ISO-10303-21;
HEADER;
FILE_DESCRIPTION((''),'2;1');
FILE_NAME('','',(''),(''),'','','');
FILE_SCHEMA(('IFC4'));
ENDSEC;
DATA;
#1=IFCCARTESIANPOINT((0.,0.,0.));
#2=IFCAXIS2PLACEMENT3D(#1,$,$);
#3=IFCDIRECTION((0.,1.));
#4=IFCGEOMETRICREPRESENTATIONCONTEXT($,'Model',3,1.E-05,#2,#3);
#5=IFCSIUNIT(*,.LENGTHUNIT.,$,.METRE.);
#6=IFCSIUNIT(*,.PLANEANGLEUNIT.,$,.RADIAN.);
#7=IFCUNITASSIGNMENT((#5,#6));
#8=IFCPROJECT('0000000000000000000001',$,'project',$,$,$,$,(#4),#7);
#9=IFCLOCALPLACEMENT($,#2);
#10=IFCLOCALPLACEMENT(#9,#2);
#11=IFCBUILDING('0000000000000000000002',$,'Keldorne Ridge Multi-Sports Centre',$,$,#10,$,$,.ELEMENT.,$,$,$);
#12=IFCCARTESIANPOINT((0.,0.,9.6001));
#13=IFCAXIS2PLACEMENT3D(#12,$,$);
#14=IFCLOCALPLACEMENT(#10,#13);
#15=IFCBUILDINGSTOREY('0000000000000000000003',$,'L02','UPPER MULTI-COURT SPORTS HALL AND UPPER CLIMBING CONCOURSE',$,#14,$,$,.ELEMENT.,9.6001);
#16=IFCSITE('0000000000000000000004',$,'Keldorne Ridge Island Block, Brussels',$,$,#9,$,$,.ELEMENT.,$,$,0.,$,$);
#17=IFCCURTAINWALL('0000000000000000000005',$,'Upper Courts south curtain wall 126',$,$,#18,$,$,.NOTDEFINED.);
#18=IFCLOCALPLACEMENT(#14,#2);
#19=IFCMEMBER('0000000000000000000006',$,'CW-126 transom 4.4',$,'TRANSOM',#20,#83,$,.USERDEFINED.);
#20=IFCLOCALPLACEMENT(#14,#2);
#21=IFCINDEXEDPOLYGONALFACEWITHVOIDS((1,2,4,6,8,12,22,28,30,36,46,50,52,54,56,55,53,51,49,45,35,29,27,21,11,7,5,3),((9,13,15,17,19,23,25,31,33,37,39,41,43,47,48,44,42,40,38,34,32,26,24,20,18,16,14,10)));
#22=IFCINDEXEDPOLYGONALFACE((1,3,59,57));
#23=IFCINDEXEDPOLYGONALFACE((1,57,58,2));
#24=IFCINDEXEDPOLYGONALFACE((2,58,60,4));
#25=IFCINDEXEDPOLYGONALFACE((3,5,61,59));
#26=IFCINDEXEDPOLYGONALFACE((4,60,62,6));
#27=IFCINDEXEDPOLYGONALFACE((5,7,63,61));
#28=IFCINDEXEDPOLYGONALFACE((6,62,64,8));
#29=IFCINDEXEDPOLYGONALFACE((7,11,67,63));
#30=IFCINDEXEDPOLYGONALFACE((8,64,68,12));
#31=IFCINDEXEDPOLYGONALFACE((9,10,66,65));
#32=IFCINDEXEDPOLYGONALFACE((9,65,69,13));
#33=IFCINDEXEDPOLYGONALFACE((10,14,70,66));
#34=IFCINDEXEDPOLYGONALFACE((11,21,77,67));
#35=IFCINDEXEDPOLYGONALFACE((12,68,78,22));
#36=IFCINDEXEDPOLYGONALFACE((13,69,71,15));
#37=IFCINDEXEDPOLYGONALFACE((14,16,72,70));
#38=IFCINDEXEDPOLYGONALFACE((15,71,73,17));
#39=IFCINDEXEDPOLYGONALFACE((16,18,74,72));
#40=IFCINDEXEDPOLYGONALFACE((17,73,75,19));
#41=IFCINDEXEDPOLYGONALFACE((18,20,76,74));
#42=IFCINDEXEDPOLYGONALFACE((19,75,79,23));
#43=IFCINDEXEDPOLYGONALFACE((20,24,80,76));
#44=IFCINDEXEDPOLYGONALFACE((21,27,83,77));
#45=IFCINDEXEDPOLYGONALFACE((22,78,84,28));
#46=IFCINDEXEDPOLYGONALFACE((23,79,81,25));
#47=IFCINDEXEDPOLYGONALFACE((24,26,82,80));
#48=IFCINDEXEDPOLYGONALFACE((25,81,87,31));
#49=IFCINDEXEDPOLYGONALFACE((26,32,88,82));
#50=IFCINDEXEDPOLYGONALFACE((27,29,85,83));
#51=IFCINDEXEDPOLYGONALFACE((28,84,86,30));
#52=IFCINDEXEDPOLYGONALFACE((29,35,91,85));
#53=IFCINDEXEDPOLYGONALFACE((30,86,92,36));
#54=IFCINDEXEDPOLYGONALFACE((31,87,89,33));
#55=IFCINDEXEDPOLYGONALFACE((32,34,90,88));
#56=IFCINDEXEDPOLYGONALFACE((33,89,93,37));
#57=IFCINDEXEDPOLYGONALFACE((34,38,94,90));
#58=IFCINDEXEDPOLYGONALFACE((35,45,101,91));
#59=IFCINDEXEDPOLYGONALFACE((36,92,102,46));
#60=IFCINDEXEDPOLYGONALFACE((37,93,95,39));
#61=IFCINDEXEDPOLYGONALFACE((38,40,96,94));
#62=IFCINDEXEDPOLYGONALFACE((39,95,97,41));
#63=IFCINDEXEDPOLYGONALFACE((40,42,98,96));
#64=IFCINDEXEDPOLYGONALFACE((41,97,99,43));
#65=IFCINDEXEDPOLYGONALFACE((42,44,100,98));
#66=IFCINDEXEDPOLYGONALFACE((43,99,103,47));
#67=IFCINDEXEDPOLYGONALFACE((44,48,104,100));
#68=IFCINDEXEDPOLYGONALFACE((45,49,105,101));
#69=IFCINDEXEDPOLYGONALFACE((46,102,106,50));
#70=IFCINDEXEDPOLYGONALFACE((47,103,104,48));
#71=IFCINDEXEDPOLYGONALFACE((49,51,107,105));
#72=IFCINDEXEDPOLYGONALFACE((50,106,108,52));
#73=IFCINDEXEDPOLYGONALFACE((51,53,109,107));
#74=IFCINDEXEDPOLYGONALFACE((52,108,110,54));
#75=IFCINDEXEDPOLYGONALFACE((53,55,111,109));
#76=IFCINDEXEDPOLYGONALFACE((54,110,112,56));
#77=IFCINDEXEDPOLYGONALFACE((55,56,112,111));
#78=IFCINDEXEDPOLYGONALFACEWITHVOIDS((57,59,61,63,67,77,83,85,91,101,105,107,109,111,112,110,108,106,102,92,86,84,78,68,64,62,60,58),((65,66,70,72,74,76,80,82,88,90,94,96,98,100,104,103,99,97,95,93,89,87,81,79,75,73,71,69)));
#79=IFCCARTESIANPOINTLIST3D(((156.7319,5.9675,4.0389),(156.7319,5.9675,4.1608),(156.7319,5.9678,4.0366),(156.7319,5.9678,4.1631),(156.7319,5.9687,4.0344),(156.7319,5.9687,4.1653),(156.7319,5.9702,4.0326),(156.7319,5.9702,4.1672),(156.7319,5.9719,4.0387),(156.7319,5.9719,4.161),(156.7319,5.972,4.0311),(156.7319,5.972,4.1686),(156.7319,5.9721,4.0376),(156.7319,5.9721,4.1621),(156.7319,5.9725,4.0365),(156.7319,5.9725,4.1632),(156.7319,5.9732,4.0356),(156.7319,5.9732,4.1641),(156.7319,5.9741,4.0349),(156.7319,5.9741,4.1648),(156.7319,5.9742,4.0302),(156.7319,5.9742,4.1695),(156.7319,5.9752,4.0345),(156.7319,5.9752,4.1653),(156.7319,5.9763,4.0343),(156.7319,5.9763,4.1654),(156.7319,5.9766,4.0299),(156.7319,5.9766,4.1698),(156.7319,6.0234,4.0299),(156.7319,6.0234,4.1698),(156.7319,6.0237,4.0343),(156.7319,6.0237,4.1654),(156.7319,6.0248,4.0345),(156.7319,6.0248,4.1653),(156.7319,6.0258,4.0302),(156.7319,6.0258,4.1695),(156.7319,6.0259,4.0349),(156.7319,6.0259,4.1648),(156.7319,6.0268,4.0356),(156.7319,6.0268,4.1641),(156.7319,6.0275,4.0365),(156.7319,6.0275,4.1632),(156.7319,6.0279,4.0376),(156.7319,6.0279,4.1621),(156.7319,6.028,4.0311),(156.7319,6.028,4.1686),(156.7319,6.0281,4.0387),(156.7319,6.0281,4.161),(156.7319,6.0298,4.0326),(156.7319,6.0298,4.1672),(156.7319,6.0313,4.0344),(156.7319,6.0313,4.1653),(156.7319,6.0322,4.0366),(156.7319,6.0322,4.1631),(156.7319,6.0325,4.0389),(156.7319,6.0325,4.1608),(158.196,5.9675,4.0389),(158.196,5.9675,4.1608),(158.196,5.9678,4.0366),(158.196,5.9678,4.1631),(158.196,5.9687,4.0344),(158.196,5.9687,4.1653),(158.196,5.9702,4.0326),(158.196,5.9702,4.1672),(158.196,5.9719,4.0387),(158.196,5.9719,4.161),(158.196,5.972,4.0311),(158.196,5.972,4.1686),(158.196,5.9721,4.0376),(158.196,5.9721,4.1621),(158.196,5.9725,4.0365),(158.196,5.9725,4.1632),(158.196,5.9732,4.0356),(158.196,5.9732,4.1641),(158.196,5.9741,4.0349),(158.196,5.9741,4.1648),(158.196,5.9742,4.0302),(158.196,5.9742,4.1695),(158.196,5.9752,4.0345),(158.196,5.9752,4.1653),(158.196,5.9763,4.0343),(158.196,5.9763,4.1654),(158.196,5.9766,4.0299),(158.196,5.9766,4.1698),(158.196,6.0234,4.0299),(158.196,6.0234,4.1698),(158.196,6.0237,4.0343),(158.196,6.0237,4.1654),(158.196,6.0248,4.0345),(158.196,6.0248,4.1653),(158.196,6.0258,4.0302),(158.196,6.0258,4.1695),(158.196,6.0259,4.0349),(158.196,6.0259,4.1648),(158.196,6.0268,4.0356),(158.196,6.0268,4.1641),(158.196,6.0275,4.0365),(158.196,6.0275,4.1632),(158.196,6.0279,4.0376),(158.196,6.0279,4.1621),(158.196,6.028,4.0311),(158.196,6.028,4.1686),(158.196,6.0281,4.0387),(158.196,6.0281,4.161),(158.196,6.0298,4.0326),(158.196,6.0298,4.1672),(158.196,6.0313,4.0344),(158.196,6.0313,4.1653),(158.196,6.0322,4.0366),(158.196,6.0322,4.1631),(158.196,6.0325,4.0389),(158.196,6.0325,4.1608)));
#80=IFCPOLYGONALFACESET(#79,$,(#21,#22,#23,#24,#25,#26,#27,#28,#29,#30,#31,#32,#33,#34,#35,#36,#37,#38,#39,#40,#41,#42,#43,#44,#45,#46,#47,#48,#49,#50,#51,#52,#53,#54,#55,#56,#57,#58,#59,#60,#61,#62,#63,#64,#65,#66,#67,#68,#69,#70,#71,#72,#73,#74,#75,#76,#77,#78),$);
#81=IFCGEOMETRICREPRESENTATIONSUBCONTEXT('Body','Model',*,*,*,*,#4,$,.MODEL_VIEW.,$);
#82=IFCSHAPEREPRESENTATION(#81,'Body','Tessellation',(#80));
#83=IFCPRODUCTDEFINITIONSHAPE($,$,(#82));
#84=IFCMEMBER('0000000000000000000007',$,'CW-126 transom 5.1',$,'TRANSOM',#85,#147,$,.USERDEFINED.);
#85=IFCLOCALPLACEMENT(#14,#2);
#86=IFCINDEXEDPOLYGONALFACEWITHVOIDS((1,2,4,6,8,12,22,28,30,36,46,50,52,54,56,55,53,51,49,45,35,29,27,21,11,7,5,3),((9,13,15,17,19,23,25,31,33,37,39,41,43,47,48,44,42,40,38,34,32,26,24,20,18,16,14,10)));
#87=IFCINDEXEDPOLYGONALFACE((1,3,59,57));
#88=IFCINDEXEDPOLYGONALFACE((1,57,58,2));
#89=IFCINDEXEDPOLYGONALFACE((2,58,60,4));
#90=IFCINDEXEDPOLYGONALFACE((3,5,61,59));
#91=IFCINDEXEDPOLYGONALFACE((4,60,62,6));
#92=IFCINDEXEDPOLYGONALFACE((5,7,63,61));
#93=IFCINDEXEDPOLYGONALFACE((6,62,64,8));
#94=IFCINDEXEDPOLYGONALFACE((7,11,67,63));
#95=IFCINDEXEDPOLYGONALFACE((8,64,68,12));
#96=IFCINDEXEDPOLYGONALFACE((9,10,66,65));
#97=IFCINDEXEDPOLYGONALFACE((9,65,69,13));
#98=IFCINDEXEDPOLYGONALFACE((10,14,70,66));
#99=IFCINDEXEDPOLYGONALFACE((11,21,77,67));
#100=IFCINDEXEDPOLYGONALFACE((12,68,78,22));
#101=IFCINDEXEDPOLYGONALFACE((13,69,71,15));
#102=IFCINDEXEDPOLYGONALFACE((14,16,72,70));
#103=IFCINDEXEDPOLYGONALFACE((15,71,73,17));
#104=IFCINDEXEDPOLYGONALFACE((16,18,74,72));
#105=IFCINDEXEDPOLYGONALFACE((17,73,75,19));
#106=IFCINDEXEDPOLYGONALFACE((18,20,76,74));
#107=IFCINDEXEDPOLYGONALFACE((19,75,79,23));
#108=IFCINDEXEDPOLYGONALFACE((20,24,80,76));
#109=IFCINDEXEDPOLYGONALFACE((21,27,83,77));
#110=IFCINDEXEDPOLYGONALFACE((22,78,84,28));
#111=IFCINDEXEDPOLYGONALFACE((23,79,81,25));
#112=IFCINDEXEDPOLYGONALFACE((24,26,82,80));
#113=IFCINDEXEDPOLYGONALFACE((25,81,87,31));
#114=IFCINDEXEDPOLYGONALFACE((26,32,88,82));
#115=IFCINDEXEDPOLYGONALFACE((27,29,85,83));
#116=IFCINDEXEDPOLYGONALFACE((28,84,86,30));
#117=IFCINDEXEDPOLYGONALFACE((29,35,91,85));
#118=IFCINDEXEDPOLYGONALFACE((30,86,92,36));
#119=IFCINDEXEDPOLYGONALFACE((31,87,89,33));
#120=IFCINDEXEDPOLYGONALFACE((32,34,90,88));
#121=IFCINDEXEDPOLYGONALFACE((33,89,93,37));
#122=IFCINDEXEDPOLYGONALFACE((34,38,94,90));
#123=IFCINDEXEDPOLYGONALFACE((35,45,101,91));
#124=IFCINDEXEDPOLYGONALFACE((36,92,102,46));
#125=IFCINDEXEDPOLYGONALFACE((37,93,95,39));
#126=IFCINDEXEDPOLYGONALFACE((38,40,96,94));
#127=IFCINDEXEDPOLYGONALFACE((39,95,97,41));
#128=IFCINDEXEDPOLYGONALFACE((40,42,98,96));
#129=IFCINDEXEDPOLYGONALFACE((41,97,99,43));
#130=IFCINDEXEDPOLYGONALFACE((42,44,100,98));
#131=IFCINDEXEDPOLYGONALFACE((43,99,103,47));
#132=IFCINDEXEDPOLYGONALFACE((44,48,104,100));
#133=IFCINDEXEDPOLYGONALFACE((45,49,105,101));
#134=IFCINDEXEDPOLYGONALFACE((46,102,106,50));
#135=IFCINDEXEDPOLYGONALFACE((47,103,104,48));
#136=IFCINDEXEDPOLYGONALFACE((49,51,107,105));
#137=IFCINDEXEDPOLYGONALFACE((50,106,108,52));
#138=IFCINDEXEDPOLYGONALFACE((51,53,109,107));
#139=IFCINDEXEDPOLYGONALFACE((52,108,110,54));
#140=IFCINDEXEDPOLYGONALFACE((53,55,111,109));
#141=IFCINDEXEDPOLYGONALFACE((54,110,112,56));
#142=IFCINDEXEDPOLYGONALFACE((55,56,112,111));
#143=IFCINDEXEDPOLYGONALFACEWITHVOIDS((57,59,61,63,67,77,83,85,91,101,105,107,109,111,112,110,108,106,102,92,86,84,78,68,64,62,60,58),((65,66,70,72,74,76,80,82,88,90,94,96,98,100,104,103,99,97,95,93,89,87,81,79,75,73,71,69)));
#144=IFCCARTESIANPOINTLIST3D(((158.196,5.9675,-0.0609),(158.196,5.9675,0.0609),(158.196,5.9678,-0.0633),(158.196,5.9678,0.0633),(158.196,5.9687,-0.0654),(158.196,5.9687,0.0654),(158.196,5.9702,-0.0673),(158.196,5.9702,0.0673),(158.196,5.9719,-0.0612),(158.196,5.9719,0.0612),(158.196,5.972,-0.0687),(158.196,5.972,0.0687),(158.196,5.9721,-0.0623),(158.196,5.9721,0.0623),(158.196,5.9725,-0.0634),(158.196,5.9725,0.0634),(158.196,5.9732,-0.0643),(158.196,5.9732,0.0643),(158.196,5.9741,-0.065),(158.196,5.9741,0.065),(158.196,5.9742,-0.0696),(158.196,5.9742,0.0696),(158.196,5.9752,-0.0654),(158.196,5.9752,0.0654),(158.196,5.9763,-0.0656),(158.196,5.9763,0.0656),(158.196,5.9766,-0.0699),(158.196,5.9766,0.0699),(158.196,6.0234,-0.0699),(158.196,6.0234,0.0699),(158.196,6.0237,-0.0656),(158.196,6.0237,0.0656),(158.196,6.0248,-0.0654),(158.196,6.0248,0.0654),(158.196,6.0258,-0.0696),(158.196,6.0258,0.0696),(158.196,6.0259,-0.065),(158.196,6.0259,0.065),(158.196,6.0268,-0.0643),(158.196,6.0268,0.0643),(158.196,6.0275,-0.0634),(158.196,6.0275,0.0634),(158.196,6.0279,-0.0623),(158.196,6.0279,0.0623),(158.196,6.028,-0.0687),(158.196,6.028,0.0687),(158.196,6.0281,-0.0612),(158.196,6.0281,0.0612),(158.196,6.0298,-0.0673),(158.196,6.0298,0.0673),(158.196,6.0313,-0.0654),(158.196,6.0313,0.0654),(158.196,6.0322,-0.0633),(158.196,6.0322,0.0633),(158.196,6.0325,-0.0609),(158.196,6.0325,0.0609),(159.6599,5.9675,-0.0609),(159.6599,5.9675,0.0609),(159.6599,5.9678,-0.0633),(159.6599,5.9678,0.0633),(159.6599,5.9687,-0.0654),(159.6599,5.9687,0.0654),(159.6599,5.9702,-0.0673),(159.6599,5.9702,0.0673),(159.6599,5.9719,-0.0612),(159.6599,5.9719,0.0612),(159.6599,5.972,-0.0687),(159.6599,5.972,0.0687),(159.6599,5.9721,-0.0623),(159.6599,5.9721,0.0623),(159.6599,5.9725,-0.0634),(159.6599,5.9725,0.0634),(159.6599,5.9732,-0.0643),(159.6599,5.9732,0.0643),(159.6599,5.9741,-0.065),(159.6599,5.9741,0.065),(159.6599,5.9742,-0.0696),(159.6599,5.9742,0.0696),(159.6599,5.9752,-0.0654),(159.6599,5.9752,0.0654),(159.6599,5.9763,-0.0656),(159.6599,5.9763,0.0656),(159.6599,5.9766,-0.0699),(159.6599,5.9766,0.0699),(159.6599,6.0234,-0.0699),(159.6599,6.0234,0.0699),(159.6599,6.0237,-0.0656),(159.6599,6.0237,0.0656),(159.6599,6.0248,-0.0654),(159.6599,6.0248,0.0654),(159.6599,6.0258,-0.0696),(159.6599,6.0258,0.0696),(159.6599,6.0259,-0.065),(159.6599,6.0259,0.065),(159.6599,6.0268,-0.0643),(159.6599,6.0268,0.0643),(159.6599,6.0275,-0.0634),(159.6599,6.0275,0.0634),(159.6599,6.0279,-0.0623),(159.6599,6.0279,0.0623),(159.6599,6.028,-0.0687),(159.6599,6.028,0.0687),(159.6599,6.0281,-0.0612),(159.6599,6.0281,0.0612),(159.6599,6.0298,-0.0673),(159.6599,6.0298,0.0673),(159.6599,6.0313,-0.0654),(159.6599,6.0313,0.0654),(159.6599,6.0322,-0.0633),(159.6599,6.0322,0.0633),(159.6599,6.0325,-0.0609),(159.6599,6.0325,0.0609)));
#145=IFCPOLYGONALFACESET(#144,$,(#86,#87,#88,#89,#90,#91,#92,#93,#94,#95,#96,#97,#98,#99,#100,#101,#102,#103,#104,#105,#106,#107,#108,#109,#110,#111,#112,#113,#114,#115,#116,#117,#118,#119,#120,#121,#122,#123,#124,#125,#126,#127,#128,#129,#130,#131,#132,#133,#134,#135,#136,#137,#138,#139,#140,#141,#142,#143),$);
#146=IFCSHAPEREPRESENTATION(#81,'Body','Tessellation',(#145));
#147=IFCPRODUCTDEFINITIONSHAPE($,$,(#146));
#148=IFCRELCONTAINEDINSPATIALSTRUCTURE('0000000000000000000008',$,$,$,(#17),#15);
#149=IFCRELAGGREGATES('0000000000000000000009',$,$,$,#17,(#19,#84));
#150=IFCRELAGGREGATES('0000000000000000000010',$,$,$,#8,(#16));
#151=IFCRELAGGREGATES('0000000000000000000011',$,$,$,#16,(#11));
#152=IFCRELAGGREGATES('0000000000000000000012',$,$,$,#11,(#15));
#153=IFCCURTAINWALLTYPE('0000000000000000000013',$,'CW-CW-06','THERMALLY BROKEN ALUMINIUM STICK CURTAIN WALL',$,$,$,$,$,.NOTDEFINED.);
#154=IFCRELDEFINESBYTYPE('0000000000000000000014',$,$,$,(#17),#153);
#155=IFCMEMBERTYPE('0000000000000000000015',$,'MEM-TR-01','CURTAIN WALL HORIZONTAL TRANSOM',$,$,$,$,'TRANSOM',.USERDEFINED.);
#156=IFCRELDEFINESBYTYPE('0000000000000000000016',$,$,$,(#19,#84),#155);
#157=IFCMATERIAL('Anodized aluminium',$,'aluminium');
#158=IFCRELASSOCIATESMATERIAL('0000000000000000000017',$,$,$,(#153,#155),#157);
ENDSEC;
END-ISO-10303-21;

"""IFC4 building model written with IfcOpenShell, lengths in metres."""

from ifc_helpers import new_model, si_unit, direction, frame, origin, origin_2d, place, context, subcontext, project, spatial, hollow_rectangle, extrude, material, material_profile, profile_set, type_object, element, aggregate, save


model = new_model("IFC4")

# Units and contexts
model_context = context("Model", 3, precision=1e-05, world=origin(), true_north=direction((0.0, 1.0)))
body_context = subcontext(model_context, "Body", "Model", "MODEL_VIEW")
ifc_project = project(units=[si_unit("LENGTHUNIT", "METRE"), si_unit("PLANEANGLEUNIT", "RADIAN")], contexts=[model_context])

# Site, building, storey
site_placement = place(None, origin())
site = spatial("IfcSite", under=ifc_project, at=site_placement, Name="Keldorne Ridge Island Block, Brussels", CompositionType="ELEMENT", RefElevation=0.0)
building_placement = place(site_placement, origin())
building = spatial("IfcBuilding", under=site, at=building_placement, Name="Keldorne Ridge Multi-Sports Centre", CompositionType="ELEMENT")
storey_placement = place(building_placement, frame((0.0, 0.0, 9.6001)))
storey = spatial("IfcBuildingStorey", under=building, at=storey_placement, Name="L02", Description="UPPER MULTI-COURT SPORTS HALL AND UPPER CLIMBING CONCOURSE", CompositionType="ELEMENT", Elevation=9.6001)

# Curtain wall
ifc_material_1 = material(Name="Anodized aluminium", Category="aluminium")
curtain_wall_type_1 = type_object("IfcCurtainWallType", Name="CW-CW-06", Description="THERMALLY BROKEN ALUMINIUM STICK CURTAIN WALL", PredefinedType="NOTDEFINED", material=ifc_material_1)
curtain_wall_1_placement = place(storey_placement, origin())
curtain_wall_1 = element("IfcCurtainWall", 1, at=curtain_wall_1_placement, inside=storey, type_object=curtain_wall_type_1, Name="Upper Courts south curtain wall 126", PredefinedType="NOTDEFINED")

# Members
ifc_material_profile_1 = material_profile(ifc_material_1, hollow_rectangle(XDim=0.0649, YDim=0.1399, WallThickness=0.0044, InnerFilletRadius=0.0044, OuterFilletRadius=0.009, at=origin_2d()), Name="ALU TRANSOM 140x65x4.5")
ifc_profile_set_1 = profile_set([ifc_material_profile_1], Name="Anodized aluminium")
member_type_1 = type_object("IfcMemberType", Name="MEM-TR-01", Description="CURTAIN WALL HORIZONTAL TRANSOM", ElementType="TRANSOM", PredefinedType="USERDEFINED", material=ifc_profile_set_1)
member_1_placement = place(storey_placement, frame((156.7319, 6.0, 4.0999), z_axis=(1.0, 0.0, 0.0), x_axis=(0.0, 1.0, 0.0)))
member_1 = element("IfcMember", 2, at=member_1_placement, type_object=member_type_1, Name="CW-126 transom 4.4", ObjectType="TRANSOM", PredefinedType="USERDEFINED", context=body_context, shape_type="SweptSolid", body=[
    extrude(hollow_rectangle(XDim=0.0649, YDim=0.1399, WallThickness=0.0044, InnerFilletRadius=0.0044, OuterFilletRadius=0.009, at=origin_2d()), origin(), (0.0, 0.0, 1.0), 1.4641),
])
member_2_placement = place(storey_placement, frame((158.196, 6.0, 0.0), z_axis=(1.0, 0.0, 0.0), x_axis=(0.0, 1.0, 0.0)))
member_2 = element("IfcMember", 3, at=member_2_placement, type_object=member_type_1, Name="CW-126 transom 5.1", ObjectType="TRANSOM", PredefinedType="USERDEFINED", context=body_context, shape_type="SweptSolid", body=[
    extrude(hollow_rectangle(XDim=0.0649, YDim=0.1399, WallThickness=0.0044, InnerFilletRadius=0.0044, OuterFilletRadius=0.009, at=origin_2d()), origin(), (0.0, 0.0, 1.0), 1.4639),
])

aggregate(curtain_wall_1, [member_1, member_2])

save(model, "model.ifc")
